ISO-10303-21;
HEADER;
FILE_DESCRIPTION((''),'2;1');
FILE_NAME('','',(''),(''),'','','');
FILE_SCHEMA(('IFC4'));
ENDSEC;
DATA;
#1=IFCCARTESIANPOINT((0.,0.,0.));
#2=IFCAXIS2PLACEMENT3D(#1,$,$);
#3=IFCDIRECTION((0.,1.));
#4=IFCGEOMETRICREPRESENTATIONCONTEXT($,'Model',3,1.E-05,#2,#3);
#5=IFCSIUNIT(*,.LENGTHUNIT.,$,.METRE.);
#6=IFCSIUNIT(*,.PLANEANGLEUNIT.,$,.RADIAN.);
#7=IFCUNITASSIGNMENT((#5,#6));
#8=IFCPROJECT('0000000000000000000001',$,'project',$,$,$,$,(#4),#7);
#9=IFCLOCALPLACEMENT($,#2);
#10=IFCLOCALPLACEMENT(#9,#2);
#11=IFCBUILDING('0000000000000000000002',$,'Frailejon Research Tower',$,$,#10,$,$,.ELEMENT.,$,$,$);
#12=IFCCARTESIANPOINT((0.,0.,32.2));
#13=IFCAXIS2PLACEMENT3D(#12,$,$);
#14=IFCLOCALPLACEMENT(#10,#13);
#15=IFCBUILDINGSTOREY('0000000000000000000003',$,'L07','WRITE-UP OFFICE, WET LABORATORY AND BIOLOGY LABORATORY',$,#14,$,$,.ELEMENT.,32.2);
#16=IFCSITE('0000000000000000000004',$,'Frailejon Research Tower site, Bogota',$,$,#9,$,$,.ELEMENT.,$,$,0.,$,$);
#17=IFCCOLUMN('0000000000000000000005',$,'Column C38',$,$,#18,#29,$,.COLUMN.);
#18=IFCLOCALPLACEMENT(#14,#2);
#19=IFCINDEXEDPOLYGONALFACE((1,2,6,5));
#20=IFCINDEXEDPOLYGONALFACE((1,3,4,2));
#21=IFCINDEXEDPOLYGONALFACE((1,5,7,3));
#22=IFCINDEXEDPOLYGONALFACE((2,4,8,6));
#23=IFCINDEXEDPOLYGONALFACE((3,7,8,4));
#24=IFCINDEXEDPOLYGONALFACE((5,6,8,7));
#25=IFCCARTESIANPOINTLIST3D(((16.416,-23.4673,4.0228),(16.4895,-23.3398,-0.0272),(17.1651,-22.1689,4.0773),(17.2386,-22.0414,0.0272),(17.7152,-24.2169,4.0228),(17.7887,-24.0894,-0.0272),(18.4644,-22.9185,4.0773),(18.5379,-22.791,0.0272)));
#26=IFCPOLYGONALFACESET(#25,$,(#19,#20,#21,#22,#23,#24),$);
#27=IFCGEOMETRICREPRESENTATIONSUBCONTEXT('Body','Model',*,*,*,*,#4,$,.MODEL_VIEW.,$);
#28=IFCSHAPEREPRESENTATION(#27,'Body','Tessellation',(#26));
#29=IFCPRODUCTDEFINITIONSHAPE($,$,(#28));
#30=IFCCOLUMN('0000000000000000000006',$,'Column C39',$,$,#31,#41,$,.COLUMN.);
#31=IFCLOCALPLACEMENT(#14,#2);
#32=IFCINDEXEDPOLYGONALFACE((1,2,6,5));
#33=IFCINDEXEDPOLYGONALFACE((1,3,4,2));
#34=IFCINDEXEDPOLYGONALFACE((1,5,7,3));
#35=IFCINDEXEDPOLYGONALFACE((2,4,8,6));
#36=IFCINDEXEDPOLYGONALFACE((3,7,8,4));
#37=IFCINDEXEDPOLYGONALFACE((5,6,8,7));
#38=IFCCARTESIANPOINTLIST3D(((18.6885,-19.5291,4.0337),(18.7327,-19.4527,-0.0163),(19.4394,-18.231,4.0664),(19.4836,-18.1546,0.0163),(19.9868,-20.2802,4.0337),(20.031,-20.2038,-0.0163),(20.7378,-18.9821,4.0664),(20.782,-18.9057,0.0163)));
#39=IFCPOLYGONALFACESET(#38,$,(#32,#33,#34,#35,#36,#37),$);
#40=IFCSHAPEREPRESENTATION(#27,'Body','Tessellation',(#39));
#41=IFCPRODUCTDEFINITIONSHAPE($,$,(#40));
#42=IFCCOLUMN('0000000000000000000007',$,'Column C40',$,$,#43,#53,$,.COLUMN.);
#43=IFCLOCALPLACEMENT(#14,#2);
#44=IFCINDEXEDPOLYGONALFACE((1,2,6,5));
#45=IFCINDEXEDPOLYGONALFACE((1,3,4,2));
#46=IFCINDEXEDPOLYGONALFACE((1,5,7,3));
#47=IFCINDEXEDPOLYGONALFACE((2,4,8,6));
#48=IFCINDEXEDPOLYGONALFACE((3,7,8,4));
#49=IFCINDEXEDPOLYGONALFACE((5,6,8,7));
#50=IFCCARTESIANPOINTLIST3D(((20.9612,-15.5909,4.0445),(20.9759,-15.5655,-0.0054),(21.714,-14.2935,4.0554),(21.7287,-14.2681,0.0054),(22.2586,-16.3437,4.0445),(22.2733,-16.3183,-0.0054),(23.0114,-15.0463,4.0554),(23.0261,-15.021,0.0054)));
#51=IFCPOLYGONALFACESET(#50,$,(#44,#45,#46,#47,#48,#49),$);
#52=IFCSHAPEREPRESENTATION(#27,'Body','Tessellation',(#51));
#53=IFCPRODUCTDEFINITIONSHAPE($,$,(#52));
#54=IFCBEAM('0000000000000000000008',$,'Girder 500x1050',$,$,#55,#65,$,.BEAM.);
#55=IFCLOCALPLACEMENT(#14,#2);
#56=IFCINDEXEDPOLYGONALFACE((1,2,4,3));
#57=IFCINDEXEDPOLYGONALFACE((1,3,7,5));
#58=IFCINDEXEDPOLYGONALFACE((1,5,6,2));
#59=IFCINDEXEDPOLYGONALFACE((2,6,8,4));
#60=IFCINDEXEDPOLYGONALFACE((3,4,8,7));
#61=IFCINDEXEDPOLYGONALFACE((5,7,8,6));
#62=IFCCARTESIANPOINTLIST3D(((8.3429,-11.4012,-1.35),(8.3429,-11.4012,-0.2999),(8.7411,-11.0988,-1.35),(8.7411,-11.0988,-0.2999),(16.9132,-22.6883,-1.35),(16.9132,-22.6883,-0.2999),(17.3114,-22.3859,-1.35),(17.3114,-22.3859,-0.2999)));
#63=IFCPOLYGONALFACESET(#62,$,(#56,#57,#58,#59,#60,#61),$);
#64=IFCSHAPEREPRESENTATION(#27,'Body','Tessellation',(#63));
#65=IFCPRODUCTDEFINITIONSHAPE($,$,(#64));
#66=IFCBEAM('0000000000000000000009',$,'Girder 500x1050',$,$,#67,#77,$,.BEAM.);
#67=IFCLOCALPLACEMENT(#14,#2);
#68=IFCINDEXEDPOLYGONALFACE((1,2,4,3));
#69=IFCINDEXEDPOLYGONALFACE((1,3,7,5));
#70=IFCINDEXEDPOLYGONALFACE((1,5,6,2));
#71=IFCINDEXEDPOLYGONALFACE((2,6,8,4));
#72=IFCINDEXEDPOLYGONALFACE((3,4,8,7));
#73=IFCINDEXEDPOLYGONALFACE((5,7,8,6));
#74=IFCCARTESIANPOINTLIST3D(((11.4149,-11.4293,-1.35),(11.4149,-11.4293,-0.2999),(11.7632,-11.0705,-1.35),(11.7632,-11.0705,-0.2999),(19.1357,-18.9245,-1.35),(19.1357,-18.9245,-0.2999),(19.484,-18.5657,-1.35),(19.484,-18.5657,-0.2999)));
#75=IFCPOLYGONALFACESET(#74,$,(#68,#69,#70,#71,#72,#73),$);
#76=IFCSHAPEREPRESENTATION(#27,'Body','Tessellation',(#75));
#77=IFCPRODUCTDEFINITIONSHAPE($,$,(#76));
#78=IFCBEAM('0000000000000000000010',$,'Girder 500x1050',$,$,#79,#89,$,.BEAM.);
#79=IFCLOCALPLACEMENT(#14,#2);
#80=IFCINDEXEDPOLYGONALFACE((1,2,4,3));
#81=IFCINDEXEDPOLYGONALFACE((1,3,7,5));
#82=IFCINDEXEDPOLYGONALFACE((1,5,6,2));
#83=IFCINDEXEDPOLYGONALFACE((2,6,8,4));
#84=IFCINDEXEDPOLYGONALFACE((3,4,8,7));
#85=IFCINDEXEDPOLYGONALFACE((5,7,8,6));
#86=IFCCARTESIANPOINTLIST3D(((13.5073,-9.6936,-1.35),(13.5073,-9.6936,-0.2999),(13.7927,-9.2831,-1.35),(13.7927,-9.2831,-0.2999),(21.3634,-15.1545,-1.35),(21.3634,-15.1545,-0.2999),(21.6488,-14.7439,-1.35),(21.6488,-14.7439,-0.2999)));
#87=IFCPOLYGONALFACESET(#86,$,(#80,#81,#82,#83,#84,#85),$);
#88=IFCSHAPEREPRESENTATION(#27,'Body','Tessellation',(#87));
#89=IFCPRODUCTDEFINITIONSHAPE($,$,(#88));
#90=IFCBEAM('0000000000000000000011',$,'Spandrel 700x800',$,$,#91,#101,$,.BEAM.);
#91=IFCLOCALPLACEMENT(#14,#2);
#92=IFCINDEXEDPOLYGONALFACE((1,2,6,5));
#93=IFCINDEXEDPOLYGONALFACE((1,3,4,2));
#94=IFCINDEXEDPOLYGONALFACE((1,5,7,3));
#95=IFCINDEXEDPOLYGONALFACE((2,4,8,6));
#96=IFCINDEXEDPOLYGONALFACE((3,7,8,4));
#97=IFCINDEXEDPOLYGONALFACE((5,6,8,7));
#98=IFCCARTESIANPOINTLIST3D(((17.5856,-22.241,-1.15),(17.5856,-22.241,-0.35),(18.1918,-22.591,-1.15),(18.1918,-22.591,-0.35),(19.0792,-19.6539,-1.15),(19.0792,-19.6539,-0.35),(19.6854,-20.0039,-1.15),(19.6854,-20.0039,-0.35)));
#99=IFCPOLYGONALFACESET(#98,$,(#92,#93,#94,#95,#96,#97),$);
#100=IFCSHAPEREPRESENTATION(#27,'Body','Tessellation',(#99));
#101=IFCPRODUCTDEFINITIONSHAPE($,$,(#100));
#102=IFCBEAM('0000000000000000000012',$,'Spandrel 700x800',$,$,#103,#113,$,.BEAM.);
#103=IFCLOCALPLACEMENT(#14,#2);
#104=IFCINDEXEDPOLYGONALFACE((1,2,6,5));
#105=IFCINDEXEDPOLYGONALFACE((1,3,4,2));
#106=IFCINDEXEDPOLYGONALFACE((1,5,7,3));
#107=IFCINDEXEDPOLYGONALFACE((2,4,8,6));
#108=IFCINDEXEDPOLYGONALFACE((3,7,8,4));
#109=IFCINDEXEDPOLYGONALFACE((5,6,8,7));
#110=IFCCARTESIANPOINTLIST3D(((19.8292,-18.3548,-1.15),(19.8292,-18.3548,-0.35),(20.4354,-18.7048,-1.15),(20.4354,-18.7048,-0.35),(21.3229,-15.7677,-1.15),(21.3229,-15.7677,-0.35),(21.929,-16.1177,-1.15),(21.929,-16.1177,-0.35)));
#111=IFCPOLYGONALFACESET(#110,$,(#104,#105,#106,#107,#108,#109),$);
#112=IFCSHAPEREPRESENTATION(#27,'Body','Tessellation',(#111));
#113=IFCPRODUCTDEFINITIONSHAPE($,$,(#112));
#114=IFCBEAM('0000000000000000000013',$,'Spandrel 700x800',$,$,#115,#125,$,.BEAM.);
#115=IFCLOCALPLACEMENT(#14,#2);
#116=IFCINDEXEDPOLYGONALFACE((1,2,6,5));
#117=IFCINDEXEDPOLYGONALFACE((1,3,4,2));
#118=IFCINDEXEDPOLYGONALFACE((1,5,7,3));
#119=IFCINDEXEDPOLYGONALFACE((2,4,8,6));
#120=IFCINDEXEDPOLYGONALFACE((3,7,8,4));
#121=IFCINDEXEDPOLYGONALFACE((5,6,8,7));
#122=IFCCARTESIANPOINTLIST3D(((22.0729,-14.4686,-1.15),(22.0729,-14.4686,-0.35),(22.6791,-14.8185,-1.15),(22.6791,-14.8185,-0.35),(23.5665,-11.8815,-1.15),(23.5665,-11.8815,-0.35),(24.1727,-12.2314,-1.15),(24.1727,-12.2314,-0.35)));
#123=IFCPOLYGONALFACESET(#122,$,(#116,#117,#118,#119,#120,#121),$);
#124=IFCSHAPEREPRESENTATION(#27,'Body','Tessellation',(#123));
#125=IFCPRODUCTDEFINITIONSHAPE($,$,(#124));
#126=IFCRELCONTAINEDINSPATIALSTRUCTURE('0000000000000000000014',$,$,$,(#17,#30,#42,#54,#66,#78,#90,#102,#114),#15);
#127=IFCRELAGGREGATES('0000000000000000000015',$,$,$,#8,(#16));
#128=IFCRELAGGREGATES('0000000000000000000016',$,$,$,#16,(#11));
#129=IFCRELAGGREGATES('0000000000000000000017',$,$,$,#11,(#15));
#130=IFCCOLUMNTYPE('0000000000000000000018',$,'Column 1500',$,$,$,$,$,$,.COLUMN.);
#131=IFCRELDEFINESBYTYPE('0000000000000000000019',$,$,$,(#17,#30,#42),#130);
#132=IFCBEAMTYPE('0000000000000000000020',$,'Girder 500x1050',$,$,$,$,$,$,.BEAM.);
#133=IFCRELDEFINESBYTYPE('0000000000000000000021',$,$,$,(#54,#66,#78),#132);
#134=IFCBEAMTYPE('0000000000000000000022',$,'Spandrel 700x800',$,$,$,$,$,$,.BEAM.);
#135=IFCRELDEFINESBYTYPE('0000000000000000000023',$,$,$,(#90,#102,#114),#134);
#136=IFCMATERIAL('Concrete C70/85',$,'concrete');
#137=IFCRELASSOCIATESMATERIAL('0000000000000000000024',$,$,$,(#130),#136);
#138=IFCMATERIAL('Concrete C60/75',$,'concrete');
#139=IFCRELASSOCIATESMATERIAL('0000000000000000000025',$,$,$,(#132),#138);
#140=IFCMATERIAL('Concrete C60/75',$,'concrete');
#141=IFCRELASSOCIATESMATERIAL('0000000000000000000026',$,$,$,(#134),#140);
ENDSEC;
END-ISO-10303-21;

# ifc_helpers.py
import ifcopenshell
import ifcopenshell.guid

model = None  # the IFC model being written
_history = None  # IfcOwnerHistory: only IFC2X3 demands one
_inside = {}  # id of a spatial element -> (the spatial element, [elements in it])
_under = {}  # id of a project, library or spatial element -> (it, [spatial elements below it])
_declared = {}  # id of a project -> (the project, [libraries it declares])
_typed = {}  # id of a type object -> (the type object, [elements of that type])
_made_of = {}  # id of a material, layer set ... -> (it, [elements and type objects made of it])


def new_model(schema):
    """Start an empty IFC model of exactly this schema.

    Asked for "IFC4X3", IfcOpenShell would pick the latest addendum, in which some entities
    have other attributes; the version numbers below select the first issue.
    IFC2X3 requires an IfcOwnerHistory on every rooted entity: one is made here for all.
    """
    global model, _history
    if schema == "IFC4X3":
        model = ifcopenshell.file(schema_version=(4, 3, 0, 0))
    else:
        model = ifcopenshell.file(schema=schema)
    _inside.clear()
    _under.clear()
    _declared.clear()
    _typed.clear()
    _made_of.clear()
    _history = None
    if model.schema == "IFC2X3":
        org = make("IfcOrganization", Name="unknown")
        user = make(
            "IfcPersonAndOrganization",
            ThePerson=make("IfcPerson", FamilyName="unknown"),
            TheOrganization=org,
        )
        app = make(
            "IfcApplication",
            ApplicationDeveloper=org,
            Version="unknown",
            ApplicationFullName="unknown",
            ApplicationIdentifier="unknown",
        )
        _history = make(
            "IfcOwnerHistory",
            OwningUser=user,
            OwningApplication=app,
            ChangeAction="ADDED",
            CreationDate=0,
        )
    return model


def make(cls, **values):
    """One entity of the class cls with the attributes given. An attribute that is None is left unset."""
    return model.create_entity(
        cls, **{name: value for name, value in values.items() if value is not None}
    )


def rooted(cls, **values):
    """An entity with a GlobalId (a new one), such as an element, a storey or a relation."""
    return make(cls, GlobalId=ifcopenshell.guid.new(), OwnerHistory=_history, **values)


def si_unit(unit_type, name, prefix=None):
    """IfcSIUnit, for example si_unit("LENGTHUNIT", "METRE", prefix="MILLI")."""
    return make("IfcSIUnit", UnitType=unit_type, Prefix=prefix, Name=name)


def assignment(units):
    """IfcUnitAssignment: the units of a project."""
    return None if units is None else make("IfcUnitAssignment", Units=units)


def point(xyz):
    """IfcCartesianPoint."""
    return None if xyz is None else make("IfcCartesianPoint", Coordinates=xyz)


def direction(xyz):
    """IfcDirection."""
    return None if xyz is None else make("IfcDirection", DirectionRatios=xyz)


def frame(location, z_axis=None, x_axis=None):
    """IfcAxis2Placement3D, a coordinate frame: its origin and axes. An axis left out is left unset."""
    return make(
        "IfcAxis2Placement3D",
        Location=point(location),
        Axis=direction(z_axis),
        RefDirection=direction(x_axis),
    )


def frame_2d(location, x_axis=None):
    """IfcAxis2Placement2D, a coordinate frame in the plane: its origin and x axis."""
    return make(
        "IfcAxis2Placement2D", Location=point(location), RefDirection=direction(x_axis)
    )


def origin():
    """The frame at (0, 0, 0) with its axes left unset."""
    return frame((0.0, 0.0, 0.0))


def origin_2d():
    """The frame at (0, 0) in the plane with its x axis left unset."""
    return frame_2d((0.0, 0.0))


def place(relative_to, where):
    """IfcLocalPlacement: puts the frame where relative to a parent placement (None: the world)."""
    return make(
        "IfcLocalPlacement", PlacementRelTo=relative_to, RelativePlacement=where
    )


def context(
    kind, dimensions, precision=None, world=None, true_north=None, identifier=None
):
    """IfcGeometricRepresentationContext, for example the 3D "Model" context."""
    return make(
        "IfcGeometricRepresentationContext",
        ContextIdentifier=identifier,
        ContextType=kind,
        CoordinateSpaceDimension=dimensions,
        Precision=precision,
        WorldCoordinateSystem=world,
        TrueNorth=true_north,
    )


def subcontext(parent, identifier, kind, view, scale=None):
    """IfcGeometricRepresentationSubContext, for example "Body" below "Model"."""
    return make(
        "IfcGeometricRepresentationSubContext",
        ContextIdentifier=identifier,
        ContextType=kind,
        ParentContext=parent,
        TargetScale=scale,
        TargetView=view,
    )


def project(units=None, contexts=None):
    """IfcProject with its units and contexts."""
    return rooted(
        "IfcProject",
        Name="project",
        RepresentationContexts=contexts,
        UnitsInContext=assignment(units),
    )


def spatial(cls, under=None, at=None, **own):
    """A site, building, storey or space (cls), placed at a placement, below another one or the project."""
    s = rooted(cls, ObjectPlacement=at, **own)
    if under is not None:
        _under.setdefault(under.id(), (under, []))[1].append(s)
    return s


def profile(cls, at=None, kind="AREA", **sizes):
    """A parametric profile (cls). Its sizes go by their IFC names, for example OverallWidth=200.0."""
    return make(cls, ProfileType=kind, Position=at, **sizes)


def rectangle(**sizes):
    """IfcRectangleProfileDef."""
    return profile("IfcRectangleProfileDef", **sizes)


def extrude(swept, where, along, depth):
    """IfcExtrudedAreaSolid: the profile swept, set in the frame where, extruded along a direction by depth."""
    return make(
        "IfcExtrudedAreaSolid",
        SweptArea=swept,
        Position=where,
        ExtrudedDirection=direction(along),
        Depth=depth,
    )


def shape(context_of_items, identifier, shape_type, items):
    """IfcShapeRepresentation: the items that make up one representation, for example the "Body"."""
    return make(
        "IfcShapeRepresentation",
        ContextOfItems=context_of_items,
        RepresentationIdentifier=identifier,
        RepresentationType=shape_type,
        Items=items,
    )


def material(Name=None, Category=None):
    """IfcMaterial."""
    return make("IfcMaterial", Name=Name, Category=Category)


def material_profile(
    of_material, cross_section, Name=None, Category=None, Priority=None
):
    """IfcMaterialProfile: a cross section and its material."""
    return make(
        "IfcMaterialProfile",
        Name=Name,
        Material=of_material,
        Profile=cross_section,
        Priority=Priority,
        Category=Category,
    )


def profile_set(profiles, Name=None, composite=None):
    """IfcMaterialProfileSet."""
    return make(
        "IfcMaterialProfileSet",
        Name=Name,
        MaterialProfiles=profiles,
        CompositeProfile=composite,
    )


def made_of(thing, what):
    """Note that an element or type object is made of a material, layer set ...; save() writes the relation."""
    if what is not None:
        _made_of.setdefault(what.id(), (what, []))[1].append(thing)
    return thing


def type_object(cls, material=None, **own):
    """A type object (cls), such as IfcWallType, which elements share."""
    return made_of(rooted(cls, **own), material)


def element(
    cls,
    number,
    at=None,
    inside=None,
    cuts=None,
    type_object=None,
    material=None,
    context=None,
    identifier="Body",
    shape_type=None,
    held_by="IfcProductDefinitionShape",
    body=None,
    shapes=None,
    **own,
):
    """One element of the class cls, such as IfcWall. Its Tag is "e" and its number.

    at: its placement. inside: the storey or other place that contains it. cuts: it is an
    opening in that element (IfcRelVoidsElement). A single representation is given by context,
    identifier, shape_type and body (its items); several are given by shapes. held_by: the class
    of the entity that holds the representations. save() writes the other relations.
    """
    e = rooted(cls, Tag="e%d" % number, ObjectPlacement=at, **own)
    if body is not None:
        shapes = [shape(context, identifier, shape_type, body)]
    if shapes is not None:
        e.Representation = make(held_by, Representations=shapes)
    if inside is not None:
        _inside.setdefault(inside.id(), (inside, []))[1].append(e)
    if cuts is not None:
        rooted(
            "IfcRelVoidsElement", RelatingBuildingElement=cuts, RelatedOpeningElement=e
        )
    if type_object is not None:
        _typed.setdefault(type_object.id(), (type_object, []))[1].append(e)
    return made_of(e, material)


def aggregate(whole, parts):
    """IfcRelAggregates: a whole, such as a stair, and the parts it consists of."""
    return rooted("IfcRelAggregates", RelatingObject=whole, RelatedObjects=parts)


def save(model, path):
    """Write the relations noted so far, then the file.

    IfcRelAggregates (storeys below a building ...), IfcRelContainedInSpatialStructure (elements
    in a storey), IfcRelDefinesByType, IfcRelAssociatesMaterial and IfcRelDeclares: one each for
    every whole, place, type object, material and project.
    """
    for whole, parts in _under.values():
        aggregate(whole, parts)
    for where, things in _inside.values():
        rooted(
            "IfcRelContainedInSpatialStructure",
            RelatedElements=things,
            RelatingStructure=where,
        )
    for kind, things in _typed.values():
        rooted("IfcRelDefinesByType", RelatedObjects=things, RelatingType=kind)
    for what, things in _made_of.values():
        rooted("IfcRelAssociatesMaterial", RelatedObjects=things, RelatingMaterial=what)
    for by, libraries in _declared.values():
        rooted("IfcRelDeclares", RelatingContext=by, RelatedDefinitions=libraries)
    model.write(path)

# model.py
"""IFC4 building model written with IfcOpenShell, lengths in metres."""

from ifc_helpers import new_model, si_unit, direction, frame, origin, origin_2d, place, context, subcontext, project, spatial, rectangle, extrude, material, material_profile, profile_set, type_object, element, save


model = new_model("IFC4")

# Units and contexts
model_context = context("Model", 3, precision=1e-05, world=origin(), true_north=direction((0.0, 1.0)))
body_context = subcontext(model_context, "Body", "Model", "MODEL_VIEW")
ifc_project = project(units=[si_unit("LENGTHUNIT", "METRE"), si_unit("PLANEANGLEUNIT", "RADIAN")], contexts=[model_context])

# Site, building, storey
site_placement = place(None, origin())
site = spatial("IfcSite", under=ifc_project, at=site_placement, Name="Frailejon Research Tower site, Bogota", CompositionType="ELEMENT", RefElevation=0.0)
building_placement = place(site_placement, origin())
building = spatial("IfcBuilding", under=site, at=building_placement, Name="Frailejon Research Tower", CompositionType="ELEMENT")
storey_placement = place(building_placement, frame((0.0, 0.0, 32.2)))
storey = spatial("IfcBuildingStorey", under=building, at=storey_placement, Name="L07", Description="WRITE-UP OFFICE, WET LABORATORY AND BIOLOGY LABORATORY", CompositionType="ELEMENT", Elevation=32.2)

# Columns
ifc_material_1 = material(Name="Concrete C70/85", Category="concrete")
ifc_material_profile_1 = material_profile(ifc_material_1, rectangle(XDim=1.5, YDim=1.5, at=origin_2d()), Name="Column 1500")
ifc_profile_set_1 = profile_set([ifc_material_profile_1], Name="Concrete C70/85")
column_type = type_object("IfcColumnType", Name="Column 1500", PredefinedType="COLUMN", material=ifc_profile_set_1)
column_1_placement = place(storey_placement, frame((17.5137, -23.0654, 0.0), z_axis=(-0.018133, -0.031446, 0.999341), x_axis=(0.499425, 0.865596, 0.036299)))
element("IfcColumn", 1, at=column_1_placement, inside=storey, type_object=column_type, Name="Column C38", PredefinedType="COLUMN", context=body_context, shape_type="SweptSolid", body=[
    extrude(rectangle(XDim=1.5, YDim=1.5, at=origin_2d()), origin(), (0.0, 0.0, 1.0), 4.0527),
])
column_2_placement = place(storey_placement, frame((19.7573, -19.1792, 0.0), z_axis=(-0.010908, -0.018863, 0.999763), x_axis=(0.500638, 0.865382, 0.02179)))
element("IfcColumn", 2, at=column_2_placement, inside=storey, type_object=column_type, Name="Column C39", PredefinedType="COLUMN", context=body_context, shape_type="SweptSolid", body=[
    extrude(rectangle(XDim=1.5, YDim=1.5, at=origin_2d()), origin(), (0.0, 0.0, 1.0), 4.051),
])
column_3_placement = place(storey_placement, frame((22.001, -15.2932, 0.0), z_axis=(-0.003617, -0.006269, 0.999974), x_axis=(0.501883, 0.864905, 0.007238)))
element("IfcColumn", 3, at=column_3_placement, inside=storey, type_object=column_type, Name="Column C40", PredefinedType="COLUMN", context=body_context, shape_type="SweptSolid", body=[
    extrude(rectangle(XDim=1.5, YDim=1.5, at=origin_2d()), origin(), (0.0, 0.0, 1.0), 4.05),
])

# Beams
ifc_material_2 = material(Name="Concrete C60/75", Category="concrete")
ifc_material_profile_2 = material_profile(ifc_material_2, rectangle(XDim=0.5, YDim=1.05, at=origin_2d()), Name="Girder 500x1050")
ifc_profile_set_2 = profile_set([ifc_material_profile_2], Name="Concrete C60/75")
beam_type_1 = type_object("IfcBeamType", Name="Girder 500x1050", PredefinedType="BEAM", material=ifc_profile_set_2)
beam_1_placement = place(storey_placement, frame((17.1123, -22.5371, -0.825), z_axis=(-0.60473, 0.79643, 0.0), x_axis=(-0.79643, -0.60473, 0.0)))
element("IfcBeam", 4, at=beam_1_placement, inside=storey, type_object=beam_type_1, Name="Girder 500x1050", PredefinedType="BEAM", context=body_context, shape_type="SweptSolid", body=[
    extrude(rectangle(XDim=0.5, YDim=1.05, at=origin_2d()), origin(), (0.0, 0.0, 1.0), 14.1721),
])
beam_2_placement = place(storey_placement, frame((19.3098, -18.7451, -0.825), z_axis=(-0.717511, 0.696547, 0.0), x_axis=(-0.696547, -0.717511, 0.0)))
element("IfcBeam", 5, at=beam_2_placement, inside=storey, type_object=beam_type_1, Name="Girder 500x1050", PredefinedType="BEAM", context=body_context, shape_type="SweptSolid", body=[
    extrude(rectangle(XDim=0.5, YDim=1.05, at=origin_2d()), origin(), (0.0, 0.0, 1.0), 10.7605),
])
beam_3_placement = place(storey_placement, frame((21.5061, -14.9492, -0.825), z_axis=(-0.821113, 0.570765, 0.0), x_axis=(-0.570765, -0.821113, 0.0)))
element("IfcBeam", 6, at=beam_3_placement, inside=storey, type_object=beam_type_1, Name="Girder 500x1050", PredefinedType="BEAM", context=body_context, shape_type="SweptSolid", body=[
    extrude(rectangle(XDim=0.5, YDim=1.05, at=origin_2d()), origin(), (0.0, 0.0, 1.0), 9.5676),
])
ifc_material_3 = material(Name="Concrete C60/75", Category="concrete")
ifc_material_profile_3 = material_profile(ifc_material_3, rectangle(XDim=0.7, YDim=0.8, at=origin_2d()), Name="Spandrel 700x800")
ifc_profile_set_3 = profile_set([ifc_material_profile_3], Name="Concrete C60/75")
beam_type_2 = type_object("IfcBeamType", Name="Spandrel 700x800", PredefinedType="BEAM", material=ifc_profile_set_3)
for number, where, z_axis, x_axis, name in (
    (7, (17.8887, -22.416, -0.75), (0.499989, 0.866032, 0.0), (-0.866032, 0.499989, 0.0), "Spandrel 700x800"),
    (8, (20.1323, -18.5298, -0.75), (0.499989, 0.866032, 0.0), (-0.866032, 0.499989, 0.0), "Spandrel 700x800"),
    (9, (22.376, -14.6436, -0.75), (0.499989, 0.866032, 0.0), (-0.866032, 0.499989, 0.0), "Spandrel 700x800"),
):
    element("IfcBeam", number, at=place(storey_placement, frame(where, z_axis=z_axis, x_axis=x_axis)), inside=storey, type_object=beam_type_2, Name=name, PredefinedType="BEAM", context=body_context, shape_type="SweptSolid", body=[
        extrude(rectangle(XDim=0.7, YDim=0.8, at=origin_2d()), origin(), (0.0, 0.0, 1.0), 2.9873),
    ])

save(model, "model.ifc")
